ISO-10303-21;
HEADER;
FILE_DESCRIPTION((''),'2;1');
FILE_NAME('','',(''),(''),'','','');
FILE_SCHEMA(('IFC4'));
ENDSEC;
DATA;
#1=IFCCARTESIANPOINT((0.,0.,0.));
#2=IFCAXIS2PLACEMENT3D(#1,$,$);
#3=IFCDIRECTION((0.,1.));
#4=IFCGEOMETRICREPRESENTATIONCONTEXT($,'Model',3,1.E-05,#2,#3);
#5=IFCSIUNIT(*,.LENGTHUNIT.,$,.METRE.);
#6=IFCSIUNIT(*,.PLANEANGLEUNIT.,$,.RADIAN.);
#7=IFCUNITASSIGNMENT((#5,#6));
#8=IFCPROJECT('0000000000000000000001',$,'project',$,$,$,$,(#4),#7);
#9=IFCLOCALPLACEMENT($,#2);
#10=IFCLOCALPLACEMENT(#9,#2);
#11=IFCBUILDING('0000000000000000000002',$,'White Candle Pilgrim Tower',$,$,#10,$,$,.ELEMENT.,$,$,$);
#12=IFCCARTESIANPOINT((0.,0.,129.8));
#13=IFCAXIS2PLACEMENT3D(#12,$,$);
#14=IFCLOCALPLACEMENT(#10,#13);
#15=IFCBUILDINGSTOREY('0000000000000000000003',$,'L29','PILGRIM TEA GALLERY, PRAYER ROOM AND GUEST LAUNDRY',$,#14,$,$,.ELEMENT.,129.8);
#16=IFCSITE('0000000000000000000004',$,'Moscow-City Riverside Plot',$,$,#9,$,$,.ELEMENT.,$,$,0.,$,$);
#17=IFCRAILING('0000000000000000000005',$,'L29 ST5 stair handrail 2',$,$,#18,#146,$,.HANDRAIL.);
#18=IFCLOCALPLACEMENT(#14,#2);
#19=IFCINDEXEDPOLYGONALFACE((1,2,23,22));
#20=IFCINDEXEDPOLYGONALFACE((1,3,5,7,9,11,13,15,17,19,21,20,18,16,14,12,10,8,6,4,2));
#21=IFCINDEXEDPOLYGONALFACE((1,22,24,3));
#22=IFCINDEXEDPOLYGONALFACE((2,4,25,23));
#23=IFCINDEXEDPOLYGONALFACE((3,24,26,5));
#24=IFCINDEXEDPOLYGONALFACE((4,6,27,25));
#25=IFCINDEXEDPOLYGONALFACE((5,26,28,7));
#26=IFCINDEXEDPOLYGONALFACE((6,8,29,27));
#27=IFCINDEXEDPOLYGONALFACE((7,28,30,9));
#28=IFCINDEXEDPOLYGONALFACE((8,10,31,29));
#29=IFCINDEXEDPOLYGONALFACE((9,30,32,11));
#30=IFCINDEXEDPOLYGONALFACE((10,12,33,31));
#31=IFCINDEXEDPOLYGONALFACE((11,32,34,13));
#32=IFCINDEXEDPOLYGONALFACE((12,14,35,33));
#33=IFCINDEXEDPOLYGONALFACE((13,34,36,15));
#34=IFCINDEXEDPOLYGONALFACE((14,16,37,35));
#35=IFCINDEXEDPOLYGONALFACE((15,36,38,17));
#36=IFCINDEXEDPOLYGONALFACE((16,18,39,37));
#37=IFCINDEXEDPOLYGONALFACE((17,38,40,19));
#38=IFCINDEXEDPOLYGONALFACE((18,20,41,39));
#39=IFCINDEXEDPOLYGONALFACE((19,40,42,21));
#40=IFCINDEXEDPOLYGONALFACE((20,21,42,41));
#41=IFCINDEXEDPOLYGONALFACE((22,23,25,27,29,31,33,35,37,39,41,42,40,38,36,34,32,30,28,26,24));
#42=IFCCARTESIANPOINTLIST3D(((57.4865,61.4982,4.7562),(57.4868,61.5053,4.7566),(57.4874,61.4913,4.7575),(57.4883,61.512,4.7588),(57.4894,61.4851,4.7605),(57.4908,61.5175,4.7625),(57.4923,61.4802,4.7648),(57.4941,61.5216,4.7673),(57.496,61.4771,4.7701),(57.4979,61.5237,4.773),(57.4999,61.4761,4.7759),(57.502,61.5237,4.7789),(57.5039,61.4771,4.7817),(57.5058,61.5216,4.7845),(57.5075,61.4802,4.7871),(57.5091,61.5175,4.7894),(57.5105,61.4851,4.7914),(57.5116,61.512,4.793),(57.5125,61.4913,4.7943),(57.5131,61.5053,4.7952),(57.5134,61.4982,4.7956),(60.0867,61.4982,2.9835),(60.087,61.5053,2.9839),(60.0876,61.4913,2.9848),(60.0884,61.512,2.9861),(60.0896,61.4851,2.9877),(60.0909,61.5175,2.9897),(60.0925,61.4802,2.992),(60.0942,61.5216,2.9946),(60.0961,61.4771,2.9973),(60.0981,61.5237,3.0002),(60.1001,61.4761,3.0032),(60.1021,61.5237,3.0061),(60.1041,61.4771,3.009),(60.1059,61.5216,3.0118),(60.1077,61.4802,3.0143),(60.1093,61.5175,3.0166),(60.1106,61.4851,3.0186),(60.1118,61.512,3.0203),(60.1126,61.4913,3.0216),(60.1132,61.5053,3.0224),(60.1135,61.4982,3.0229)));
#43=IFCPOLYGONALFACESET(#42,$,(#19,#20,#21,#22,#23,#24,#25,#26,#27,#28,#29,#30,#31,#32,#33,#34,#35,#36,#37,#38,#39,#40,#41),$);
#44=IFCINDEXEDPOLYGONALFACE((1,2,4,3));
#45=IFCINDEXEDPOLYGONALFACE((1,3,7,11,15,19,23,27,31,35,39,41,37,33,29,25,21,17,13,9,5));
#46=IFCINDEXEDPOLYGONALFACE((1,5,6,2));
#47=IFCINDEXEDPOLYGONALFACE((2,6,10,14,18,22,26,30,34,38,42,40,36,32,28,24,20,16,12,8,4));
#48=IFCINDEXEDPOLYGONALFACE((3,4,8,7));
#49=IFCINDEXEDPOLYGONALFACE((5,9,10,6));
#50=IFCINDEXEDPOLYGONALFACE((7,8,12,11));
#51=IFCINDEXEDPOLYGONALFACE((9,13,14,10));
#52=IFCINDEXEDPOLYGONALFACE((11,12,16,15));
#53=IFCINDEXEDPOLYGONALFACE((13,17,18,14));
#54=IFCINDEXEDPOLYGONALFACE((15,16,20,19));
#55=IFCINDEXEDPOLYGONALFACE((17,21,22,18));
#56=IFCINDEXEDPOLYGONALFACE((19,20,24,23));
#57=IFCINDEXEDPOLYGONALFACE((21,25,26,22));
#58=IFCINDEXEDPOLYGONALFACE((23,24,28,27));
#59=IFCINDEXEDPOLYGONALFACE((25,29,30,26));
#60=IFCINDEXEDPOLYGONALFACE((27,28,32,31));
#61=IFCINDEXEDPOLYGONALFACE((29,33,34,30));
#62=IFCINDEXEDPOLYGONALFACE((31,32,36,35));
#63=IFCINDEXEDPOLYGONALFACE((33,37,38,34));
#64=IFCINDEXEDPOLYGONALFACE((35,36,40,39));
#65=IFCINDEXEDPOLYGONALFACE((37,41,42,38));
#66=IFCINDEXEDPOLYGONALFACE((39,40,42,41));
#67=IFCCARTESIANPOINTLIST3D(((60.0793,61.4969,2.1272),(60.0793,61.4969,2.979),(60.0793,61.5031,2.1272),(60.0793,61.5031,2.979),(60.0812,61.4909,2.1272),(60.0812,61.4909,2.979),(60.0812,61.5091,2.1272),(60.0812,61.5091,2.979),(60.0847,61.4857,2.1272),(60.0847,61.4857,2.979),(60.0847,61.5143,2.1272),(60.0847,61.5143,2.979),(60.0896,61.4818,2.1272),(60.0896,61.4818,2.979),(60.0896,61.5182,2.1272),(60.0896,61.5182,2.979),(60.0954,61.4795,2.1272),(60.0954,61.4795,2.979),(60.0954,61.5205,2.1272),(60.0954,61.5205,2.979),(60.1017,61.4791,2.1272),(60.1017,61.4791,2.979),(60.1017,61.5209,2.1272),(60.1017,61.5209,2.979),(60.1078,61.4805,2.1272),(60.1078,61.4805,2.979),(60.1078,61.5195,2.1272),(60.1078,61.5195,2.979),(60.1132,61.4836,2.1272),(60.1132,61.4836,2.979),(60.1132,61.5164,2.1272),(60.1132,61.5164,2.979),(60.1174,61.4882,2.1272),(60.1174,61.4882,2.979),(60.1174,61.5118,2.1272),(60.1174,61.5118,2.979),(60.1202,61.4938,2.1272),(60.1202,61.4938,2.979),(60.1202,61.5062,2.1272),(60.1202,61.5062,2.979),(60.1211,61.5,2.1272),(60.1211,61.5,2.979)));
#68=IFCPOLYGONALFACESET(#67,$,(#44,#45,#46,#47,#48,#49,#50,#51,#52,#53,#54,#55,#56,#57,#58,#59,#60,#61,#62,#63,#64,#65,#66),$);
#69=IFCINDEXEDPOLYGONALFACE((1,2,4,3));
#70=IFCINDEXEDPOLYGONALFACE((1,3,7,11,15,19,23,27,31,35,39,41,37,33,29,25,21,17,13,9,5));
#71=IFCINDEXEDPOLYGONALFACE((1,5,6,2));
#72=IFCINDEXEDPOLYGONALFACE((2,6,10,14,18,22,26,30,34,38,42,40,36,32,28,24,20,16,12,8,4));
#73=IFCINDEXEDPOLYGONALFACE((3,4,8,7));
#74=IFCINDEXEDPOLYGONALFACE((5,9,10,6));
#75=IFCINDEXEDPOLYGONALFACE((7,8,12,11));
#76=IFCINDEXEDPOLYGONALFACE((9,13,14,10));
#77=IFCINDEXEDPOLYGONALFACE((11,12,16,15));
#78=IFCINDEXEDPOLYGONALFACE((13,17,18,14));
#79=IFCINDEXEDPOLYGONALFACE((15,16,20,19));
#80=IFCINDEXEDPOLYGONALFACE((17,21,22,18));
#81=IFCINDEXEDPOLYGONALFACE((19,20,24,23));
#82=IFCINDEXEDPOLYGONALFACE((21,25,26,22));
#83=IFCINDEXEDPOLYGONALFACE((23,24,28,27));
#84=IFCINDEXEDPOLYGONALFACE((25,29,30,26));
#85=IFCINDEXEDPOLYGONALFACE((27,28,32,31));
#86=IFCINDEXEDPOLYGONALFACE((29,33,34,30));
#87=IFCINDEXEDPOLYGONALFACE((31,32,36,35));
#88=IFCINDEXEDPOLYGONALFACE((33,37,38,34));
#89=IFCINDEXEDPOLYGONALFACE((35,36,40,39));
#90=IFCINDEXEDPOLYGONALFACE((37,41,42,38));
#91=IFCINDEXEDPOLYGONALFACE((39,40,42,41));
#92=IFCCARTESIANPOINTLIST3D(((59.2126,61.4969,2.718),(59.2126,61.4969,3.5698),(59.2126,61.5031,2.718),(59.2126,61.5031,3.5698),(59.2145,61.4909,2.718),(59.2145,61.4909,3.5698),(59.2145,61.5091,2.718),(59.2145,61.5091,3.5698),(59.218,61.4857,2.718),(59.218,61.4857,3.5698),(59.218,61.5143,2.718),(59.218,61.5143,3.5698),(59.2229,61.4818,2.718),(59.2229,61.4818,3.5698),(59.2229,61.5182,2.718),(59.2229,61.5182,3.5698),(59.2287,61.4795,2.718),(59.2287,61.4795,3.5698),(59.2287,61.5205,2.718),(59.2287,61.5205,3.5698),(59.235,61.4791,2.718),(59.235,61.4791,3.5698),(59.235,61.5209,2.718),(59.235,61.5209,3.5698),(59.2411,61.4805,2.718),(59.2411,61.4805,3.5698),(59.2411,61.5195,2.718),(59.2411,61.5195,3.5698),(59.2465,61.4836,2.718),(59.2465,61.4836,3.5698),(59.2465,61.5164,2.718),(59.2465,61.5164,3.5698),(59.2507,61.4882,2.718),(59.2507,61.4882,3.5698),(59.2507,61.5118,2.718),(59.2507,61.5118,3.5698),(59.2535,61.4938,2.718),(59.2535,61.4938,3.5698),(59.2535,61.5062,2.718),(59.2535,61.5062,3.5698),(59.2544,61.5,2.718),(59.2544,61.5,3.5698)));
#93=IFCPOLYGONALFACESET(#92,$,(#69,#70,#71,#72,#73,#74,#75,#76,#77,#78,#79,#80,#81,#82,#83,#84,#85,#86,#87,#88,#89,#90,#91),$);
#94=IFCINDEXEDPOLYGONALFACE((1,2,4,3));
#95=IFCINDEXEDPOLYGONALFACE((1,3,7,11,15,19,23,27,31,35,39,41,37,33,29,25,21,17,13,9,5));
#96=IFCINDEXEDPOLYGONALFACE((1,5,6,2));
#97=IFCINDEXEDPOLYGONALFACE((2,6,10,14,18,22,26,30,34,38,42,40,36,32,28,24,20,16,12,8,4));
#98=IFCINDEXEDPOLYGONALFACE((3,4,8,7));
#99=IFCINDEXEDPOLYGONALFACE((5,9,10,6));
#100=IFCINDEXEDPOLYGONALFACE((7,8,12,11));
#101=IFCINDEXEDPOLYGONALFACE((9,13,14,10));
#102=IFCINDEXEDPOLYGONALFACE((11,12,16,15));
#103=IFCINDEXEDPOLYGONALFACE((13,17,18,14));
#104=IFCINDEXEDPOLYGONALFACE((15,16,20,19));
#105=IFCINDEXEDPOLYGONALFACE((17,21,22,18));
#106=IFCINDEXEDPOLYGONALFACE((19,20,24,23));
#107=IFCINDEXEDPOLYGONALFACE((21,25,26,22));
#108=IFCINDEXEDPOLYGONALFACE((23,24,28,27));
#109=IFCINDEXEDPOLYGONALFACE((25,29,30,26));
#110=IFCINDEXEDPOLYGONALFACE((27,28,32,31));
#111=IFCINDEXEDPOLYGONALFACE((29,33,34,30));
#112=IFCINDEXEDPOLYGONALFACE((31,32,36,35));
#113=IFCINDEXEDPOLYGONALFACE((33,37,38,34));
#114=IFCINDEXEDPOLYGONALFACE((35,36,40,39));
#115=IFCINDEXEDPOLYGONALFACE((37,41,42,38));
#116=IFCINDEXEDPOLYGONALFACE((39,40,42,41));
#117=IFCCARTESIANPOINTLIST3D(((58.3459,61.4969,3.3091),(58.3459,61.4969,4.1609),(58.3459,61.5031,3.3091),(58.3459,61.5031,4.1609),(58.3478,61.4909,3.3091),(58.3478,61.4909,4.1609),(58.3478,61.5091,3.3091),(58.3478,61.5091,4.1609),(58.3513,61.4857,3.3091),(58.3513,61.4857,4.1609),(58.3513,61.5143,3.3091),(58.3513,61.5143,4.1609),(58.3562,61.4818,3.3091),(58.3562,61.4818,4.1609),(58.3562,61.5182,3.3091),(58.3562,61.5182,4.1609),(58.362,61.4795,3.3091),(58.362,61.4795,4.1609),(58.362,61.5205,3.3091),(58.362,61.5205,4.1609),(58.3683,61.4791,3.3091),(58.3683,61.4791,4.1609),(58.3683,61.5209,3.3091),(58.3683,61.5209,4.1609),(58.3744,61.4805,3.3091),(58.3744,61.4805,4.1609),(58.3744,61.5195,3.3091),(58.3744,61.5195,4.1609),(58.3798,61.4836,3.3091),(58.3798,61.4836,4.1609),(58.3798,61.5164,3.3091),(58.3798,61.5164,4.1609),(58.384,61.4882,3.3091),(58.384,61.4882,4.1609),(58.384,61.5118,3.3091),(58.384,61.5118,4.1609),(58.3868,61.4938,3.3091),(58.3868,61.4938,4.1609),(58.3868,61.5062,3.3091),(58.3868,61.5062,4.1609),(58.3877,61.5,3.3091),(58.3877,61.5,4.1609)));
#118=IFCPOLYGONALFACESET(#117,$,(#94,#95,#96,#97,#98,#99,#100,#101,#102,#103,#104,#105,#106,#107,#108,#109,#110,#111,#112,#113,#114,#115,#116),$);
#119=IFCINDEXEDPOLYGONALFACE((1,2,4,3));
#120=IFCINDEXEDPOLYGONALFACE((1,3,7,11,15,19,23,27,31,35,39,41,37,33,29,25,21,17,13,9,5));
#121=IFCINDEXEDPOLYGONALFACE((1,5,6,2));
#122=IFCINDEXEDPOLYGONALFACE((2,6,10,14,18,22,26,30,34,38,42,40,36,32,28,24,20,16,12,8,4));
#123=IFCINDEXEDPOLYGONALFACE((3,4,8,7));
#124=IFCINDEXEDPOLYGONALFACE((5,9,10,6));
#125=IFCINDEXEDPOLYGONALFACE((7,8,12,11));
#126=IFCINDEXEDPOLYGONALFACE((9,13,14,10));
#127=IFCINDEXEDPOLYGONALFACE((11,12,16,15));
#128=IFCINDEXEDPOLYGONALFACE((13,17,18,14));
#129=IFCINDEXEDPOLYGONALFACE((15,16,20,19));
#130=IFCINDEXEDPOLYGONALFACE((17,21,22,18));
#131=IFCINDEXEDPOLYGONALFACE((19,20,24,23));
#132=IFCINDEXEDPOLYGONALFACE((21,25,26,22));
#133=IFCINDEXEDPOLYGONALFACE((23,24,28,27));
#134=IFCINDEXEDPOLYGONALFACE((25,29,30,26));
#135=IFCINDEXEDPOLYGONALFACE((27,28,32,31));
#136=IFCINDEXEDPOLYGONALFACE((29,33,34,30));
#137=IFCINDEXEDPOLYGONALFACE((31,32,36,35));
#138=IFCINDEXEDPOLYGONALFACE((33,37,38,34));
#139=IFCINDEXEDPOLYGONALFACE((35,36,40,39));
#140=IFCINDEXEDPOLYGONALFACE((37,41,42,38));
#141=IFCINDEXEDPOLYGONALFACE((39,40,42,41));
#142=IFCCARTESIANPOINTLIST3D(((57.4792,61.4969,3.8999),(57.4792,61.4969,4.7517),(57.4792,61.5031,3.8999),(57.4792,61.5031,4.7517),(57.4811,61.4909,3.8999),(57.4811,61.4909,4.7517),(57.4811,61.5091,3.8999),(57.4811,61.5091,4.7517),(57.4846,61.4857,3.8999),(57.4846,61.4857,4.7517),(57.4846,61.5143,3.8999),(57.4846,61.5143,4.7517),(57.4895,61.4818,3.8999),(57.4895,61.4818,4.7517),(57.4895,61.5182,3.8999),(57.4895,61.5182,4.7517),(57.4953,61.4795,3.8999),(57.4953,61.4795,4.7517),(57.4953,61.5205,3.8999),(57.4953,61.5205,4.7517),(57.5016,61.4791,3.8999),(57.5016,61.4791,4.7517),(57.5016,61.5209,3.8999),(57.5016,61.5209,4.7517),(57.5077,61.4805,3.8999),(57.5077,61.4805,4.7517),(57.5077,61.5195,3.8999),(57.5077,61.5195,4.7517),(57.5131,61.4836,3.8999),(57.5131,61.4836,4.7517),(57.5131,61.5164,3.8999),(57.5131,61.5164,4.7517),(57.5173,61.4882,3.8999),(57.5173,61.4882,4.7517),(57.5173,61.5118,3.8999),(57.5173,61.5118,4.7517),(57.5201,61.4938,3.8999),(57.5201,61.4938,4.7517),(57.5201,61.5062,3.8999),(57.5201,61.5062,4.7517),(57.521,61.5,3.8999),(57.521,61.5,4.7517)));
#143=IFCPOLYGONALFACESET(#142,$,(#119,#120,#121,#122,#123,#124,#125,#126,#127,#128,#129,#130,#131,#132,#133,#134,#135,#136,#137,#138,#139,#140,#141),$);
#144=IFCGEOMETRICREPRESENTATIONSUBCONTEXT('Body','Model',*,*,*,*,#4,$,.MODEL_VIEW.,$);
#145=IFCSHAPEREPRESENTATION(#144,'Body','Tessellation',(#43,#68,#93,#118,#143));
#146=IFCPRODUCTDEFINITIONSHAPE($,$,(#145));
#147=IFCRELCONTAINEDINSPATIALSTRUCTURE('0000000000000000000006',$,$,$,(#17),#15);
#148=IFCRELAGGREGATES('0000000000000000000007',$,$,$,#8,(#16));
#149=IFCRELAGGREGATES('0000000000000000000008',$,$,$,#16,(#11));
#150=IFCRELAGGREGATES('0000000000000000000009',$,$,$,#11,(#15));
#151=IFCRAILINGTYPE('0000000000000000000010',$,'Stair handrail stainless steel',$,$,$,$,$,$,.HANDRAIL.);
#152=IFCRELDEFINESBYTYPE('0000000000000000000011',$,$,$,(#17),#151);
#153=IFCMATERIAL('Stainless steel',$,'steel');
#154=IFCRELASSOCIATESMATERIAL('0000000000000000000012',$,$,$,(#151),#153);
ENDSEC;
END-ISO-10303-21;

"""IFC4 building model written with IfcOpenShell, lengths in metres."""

from ifc_helpers import new_model, si_unit, direction, frame, origin, origin_2d, place, context, subcontext, project, spatial, circle, extrude, material, type_object, element, save


model = new_model("IFC4")

# Units and contexts
model_context = context("Model", 3, precision=1e-05, world=origin(), true_north=direction((0.0, 1.0)))
body_context = subcontext(model_context, "Body", "Model", "MODEL_VIEW")
ifc_project = project(units=[si_unit("LENGTHUNIT", "METRE"), si_unit("PLANEANGLEUNIT", "RADIAN")], contexts=[model_context])

# Site, building, storey
site_placement = place(None, origin())
site = spatial("IfcSite", under=ifc_project, at=site_placement, Name="Moscow-City Riverside Plot", CompositionType="ELEMENT", RefElevation=0.0)
building_placement = place(site_placement, origin())
building = spatial("IfcBuilding", under=site, at=building_placement, Name="White Candle Pilgrim Tower", CompositionType="ELEMENT")
storey_placement = place(building_placement, frame((0.0, 0.0, 129.8)))
storey = spatial("IfcBuildingStorey", under=building, at=storey_placement, Name="L29", Description="PILGRIM TEA GALLERY, PRAYER ROOM AND GUEST LAUNDRY", CompositionType="ELEMENT", Elevation=129.8)

# Railing
ifc_material_1 = material(Name="Stainless steel", Category="steel")
railing_type_1 = type_object("IfcRailingType", Name="Stair handrail stainless steel", PredefinedType="HANDRAIL", material=ifc_material_1)
railing_1_placement = place(storey_placement, frame((60.1001, 61.5, 2.1272)))
element("IfcRailing", 1, at=railing_1_placement, inside=storey, type_object=railing_type_1, Name="L29 ST5 stair handrail 2", PredefinedType="HANDRAIL", context=body_context, shape_type="SweptSolid", body=[
    extrude(circle(Radius=0.0239, at=origin_2d()), frame((0.0, 0.0, 0.876), z_axis=(-0.82624, 0.0, 0.563318), x_axis=(0.0, -1.0, 0.0)), (0.0, 0.0, 1.0), 3.147),
    extrude(circle(Radius=0.021, at=origin_2d()), origin(), (0.0, 0.0, 1.0), 0.8518),
    extrude(circle(Radius=0.021, at=origin_2d()), frame((-0.8667, 0.0, 0.5908)), (0.0, 0.0, 1.0), 0.8518),
    extrude(circle(Radius=0.021, at=origin_2d()), frame((-1.7334, 0.0, 1.1819)), (0.0, 0.0, 1.0), 0.8518),
    extrude(circle(Radius=0.021, at=origin_2d()), frame((-2.6001, 0.0, 1.7727)), (0.0, 0.0, 1.0), 0.8518),
])

save(model, "model.ifc")
